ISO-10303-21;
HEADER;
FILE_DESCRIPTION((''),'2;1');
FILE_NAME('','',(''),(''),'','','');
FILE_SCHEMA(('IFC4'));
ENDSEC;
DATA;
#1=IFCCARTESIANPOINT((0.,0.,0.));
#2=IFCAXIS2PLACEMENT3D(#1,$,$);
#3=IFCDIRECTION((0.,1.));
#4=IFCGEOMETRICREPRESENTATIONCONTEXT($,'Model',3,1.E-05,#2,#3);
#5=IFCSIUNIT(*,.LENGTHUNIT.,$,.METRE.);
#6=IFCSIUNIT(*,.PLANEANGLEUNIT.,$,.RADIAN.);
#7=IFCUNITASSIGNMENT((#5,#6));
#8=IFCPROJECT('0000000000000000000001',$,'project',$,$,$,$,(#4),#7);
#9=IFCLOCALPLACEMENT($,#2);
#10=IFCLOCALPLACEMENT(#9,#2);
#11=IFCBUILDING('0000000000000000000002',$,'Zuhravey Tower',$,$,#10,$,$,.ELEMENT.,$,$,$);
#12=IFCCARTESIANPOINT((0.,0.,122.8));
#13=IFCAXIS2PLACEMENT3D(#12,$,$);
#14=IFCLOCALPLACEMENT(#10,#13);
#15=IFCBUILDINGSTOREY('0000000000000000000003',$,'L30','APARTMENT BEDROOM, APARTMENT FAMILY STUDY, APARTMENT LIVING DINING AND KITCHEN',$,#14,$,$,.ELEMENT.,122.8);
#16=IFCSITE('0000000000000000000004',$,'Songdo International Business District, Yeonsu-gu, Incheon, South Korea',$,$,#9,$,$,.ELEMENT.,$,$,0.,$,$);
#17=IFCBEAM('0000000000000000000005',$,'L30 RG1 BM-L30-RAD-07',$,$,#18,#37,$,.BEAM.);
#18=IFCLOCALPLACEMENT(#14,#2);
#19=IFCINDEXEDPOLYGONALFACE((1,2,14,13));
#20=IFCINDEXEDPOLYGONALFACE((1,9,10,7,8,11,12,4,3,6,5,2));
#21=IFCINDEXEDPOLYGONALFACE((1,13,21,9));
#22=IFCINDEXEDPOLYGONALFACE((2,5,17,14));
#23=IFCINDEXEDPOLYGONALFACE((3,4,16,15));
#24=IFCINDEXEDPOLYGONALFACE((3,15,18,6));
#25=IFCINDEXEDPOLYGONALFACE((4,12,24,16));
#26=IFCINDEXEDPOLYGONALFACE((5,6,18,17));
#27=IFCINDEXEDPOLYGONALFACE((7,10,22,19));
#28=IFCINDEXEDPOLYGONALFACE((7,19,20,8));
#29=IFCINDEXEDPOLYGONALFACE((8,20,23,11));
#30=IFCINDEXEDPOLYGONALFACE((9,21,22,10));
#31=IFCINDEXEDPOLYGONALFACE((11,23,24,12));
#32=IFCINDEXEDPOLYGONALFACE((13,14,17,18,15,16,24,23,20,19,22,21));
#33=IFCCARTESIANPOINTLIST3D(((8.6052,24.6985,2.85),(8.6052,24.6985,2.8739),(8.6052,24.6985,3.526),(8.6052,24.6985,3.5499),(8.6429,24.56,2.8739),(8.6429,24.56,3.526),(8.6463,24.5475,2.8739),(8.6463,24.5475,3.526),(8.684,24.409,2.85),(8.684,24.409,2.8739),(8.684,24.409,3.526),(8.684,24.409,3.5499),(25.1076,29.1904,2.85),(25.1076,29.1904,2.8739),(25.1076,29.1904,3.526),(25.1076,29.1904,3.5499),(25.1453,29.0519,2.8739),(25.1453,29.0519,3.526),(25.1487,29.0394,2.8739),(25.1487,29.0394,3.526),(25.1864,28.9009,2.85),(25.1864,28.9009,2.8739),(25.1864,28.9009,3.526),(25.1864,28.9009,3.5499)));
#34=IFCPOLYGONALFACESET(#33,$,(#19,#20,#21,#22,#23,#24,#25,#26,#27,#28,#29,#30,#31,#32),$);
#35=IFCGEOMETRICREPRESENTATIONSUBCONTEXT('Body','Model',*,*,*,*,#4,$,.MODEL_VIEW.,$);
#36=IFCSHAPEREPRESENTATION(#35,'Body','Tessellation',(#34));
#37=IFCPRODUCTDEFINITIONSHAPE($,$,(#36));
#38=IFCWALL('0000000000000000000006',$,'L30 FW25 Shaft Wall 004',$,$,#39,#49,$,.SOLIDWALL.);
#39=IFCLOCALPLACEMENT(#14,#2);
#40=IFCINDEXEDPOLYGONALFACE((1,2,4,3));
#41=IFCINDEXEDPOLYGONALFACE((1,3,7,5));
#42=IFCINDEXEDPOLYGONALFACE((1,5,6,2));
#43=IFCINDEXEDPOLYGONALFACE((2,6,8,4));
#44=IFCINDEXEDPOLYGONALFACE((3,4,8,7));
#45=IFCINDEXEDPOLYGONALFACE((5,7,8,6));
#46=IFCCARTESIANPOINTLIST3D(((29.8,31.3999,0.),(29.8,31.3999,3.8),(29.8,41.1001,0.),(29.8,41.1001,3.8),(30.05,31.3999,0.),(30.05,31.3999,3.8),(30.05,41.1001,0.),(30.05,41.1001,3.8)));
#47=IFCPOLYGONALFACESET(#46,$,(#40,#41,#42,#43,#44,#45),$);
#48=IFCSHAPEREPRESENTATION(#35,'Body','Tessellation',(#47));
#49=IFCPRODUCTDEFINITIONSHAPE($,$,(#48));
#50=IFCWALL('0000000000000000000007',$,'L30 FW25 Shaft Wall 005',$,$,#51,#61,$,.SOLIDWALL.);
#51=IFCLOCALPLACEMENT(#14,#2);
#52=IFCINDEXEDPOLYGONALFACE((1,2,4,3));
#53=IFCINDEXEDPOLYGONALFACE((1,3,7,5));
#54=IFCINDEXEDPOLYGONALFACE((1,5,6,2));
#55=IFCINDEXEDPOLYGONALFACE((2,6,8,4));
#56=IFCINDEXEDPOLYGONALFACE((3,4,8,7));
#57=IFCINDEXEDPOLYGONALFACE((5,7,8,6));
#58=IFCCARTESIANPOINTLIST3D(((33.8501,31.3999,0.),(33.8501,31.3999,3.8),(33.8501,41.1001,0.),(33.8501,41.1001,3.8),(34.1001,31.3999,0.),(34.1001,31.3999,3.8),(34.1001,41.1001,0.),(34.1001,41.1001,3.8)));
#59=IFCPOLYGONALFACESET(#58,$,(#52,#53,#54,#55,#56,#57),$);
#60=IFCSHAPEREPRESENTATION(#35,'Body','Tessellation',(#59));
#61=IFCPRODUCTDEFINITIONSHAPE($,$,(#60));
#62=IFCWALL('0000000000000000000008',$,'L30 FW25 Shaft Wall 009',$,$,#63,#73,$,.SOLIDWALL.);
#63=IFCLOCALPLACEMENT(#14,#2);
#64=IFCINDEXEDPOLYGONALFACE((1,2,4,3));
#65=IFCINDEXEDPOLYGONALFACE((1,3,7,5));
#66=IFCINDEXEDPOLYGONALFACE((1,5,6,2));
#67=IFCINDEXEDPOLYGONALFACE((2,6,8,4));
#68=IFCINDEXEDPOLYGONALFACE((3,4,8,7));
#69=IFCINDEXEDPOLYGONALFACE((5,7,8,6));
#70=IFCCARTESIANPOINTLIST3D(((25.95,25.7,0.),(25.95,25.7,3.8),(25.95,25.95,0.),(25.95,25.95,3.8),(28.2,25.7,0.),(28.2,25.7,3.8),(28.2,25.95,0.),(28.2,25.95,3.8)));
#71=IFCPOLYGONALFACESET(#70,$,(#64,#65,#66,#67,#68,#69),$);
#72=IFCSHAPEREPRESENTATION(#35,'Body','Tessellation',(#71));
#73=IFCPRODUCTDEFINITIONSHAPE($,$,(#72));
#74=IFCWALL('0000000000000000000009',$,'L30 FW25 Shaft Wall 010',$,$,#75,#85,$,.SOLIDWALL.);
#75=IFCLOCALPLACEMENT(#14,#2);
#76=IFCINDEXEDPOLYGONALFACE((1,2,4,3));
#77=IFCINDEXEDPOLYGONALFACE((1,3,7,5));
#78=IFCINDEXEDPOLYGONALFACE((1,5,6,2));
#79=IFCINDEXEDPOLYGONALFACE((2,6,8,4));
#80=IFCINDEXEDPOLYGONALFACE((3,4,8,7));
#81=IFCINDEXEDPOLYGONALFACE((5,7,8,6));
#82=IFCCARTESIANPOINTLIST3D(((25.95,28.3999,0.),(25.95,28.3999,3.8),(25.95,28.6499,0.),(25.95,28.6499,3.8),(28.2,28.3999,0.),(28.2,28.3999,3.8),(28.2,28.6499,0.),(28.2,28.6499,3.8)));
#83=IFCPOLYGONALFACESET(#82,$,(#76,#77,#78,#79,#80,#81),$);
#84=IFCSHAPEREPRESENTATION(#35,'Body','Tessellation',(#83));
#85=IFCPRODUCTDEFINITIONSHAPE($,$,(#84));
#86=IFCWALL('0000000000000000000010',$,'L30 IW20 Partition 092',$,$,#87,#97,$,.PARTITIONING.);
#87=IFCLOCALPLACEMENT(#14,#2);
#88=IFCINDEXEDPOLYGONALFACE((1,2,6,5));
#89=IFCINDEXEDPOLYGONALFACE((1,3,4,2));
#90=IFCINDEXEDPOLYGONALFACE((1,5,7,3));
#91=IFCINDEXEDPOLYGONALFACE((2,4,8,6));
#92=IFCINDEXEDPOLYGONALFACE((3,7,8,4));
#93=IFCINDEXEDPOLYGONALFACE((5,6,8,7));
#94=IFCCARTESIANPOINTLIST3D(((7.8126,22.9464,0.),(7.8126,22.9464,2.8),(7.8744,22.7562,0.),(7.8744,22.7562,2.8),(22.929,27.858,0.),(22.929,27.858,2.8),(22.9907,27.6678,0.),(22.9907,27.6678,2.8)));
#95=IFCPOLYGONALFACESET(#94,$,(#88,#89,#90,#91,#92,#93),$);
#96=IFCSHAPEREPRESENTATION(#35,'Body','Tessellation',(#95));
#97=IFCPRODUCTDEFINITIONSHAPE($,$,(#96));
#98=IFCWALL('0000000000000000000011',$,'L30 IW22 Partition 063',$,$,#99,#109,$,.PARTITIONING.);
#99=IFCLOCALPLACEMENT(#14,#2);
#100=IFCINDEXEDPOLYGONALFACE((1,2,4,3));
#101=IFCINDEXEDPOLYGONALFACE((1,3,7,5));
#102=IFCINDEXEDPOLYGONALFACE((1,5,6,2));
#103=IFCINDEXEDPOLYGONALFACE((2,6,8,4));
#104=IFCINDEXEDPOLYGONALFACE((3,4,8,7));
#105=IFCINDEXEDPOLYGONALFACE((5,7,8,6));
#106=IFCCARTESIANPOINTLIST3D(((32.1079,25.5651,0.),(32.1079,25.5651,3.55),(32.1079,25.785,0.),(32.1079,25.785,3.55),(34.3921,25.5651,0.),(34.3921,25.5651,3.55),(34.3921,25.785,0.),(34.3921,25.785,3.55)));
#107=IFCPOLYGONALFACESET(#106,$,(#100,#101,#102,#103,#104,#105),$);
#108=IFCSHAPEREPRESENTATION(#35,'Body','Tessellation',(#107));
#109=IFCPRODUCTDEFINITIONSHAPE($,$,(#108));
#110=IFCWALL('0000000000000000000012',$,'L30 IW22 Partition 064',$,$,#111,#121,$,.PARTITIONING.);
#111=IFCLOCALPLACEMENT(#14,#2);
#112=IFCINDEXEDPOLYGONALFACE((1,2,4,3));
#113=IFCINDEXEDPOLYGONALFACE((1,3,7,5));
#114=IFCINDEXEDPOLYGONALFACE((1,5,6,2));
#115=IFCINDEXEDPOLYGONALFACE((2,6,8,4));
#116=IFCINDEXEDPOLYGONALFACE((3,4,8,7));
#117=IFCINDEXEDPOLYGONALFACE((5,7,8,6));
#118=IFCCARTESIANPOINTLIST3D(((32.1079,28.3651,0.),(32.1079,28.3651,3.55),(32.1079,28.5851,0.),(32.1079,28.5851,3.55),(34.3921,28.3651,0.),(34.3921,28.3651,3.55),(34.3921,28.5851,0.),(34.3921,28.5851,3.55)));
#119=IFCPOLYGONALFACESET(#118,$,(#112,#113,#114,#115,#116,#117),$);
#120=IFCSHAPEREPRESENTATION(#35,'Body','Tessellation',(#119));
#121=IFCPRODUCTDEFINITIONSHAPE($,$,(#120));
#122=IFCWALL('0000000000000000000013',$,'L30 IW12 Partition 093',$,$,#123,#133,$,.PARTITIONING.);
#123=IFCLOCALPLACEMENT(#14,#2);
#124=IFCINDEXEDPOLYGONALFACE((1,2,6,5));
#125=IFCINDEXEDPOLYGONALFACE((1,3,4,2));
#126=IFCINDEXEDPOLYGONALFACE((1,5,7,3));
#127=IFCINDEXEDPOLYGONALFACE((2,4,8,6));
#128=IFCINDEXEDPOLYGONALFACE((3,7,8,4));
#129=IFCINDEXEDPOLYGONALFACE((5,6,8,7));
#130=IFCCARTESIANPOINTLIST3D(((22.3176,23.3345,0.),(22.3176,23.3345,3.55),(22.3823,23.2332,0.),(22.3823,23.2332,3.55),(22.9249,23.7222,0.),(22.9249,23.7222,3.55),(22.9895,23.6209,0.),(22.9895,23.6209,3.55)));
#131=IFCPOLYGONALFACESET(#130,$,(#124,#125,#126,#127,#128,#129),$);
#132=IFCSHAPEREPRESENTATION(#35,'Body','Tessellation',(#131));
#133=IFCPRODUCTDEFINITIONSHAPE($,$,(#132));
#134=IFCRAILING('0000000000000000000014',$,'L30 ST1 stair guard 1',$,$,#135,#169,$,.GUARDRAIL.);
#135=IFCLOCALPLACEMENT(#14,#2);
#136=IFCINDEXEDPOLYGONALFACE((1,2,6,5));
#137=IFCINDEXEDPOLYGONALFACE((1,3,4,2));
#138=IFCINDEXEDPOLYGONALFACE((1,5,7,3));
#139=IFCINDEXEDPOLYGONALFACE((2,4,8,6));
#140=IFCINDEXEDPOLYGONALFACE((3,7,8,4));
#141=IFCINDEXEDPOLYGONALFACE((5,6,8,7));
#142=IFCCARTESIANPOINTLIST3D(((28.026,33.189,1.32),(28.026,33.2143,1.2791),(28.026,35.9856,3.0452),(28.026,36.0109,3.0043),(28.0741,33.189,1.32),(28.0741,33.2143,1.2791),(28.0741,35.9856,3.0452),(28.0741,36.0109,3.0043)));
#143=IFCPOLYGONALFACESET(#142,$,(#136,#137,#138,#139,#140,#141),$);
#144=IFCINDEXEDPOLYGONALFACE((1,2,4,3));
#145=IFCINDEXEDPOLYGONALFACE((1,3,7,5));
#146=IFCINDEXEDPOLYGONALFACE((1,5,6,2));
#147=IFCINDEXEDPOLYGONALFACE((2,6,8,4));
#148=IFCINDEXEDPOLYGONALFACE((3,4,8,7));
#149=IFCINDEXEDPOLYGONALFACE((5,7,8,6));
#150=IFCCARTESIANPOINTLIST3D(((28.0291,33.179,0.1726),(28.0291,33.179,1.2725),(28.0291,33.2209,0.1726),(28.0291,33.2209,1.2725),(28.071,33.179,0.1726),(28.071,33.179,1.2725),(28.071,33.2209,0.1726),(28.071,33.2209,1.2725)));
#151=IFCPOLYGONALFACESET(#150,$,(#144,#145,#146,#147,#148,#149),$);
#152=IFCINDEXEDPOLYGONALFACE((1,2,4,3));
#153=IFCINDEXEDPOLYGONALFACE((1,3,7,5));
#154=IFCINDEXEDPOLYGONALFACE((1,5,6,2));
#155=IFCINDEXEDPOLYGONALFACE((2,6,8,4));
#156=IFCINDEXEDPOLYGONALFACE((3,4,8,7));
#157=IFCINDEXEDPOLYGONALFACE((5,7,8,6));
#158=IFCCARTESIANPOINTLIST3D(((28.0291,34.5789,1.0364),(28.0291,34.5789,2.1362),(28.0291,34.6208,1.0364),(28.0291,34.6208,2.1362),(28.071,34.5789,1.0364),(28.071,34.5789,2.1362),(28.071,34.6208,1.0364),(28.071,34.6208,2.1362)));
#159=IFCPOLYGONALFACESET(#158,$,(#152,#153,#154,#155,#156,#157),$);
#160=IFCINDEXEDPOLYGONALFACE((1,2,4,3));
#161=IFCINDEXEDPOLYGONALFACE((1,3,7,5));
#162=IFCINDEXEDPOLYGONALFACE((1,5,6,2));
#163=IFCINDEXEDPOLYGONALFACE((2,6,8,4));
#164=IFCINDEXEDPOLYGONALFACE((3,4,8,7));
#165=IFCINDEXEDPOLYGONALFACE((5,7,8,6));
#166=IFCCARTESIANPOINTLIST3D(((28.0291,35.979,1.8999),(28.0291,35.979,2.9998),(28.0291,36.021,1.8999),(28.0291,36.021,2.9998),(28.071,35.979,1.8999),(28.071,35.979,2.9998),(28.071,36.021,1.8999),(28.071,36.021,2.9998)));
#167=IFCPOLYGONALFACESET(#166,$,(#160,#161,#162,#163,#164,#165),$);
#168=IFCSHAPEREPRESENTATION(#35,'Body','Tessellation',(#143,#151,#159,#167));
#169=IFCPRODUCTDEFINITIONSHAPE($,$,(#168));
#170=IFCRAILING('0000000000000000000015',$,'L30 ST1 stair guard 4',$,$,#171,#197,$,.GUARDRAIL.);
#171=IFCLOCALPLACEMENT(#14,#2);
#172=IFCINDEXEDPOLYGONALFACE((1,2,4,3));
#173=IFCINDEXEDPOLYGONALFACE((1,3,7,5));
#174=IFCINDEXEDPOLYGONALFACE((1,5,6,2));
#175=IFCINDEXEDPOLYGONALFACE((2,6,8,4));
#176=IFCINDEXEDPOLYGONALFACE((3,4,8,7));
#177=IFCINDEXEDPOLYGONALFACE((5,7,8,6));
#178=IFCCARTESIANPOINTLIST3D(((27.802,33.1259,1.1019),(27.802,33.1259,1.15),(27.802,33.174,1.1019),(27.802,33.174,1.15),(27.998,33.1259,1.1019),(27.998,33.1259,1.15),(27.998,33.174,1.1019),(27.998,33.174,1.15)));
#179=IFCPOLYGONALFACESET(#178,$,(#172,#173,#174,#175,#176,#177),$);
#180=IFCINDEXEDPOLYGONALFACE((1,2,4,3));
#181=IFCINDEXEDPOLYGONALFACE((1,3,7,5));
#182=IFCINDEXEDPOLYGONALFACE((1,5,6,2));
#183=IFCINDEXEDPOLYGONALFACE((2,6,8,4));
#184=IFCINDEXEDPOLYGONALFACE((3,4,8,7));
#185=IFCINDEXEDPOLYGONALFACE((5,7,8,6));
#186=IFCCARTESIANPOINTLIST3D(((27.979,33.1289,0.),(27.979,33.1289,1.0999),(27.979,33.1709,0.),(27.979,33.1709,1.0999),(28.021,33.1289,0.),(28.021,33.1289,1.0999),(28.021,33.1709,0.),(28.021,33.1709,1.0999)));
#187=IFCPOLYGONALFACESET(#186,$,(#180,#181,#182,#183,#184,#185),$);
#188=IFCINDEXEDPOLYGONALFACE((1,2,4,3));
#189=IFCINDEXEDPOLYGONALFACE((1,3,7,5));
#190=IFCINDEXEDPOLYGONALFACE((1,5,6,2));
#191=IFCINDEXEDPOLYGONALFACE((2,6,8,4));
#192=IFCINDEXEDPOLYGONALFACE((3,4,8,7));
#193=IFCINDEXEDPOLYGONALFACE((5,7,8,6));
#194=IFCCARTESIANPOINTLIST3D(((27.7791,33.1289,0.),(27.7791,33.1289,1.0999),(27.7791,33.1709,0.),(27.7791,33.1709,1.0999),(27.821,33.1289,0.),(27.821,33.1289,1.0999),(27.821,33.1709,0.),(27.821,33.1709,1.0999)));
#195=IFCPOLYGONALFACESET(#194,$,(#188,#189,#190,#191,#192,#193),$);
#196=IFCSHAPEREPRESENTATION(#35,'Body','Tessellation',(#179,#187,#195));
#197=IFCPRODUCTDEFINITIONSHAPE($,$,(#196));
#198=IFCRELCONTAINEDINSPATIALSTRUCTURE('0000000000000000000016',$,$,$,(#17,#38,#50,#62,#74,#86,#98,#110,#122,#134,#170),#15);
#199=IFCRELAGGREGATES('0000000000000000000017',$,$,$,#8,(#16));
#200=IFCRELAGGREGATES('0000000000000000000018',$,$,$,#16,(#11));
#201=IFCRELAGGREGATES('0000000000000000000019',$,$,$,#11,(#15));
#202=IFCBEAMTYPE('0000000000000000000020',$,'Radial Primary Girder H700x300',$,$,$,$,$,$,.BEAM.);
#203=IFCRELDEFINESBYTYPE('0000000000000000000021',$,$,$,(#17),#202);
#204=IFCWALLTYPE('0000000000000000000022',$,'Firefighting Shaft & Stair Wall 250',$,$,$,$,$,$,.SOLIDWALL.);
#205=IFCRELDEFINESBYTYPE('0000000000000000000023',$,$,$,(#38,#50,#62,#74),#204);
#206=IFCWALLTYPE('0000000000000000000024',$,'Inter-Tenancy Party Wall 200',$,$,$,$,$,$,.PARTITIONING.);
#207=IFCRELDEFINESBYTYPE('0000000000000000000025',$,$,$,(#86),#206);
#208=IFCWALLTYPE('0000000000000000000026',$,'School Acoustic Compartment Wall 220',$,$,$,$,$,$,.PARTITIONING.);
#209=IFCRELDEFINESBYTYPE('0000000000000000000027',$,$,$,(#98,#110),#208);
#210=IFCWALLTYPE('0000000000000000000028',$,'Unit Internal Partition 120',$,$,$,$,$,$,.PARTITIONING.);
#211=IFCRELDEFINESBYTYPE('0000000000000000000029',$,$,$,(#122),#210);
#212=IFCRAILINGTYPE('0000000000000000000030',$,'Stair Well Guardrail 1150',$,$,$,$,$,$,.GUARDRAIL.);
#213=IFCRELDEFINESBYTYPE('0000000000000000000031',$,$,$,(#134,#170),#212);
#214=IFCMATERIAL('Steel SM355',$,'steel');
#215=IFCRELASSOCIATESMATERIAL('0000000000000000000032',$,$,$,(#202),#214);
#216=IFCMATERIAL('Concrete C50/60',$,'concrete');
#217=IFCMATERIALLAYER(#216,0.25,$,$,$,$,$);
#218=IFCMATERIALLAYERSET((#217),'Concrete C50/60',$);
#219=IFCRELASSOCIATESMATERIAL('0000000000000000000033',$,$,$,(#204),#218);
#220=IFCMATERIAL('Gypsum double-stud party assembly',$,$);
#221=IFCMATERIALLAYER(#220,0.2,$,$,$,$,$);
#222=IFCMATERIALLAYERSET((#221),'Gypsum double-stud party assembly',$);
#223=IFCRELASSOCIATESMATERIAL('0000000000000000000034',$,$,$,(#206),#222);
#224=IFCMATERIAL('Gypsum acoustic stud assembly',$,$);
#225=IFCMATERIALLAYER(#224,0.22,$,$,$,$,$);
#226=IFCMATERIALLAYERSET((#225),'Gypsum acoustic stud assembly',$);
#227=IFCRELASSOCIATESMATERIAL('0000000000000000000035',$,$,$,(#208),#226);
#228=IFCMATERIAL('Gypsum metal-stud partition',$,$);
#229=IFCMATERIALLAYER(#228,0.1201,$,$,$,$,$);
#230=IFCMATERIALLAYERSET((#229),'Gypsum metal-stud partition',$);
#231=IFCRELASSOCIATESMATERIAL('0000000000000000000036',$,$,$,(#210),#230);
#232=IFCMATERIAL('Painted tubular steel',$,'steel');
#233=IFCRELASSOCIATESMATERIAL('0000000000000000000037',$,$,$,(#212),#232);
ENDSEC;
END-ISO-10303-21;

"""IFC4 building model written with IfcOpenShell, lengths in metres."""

from ifc_helpers import new_model, si_unit, direction, frame, frame_2d, origin, origin_2d, place, context, subcontext, project, spatial, rectangle, i_section, extrude, material, layer, layer_set, material_profile, profile_set, type_object, element, save


model = new_model("IFC4")

# Units and contexts
model_context = context("Model", 3, precision=1e-05, world=origin(), true_north=direction((0.0, 1.0)))
body_context = subcontext(model_context, "Body", "Model", "MODEL_VIEW")
ifc_project = project(units=[si_unit("LENGTHUNIT", "METRE"), si_unit("PLANEANGLEUNIT", "RADIAN")], contexts=[model_context])

# Site, building, storey
site_placement = place(None, origin())
site = spatial("IfcSite", under=ifc_project, at=site_placement, Name="Songdo International Business District, Yeonsu-gu, Incheon, South Korea", CompositionType="ELEMENT", RefElevation=0.0)
building_placement = place(site_placement, origin())
building = spatial("IfcBuilding", under=site, at=building_placement, Name="Zuhravey Tower", CompositionType="ELEMENT")
storey_placement = place(building_placement, frame((0.0, 0.0, 122.8)))
storey = spatial("IfcBuildingStorey", under=building, at=storey_placement, Name="L30", Description="APARTMENT BEDROOM, APARTMENT FAMILY STUDY, APARTMENT LIVING DINING AND KITCHEN", CompositionType="ELEMENT", Elevation=122.8)

# Beam
ifc_material_1 = material(Name="Steel SM355", Category="steel")
ifc_material_profile = material_profile(ifc_material_1, i_section(OverallWidth=0.3, OverallDepth=0.7, WebThickness=0.0129, FlangeThickness=0.0239, at=origin_2d()), Name="H-700x300x13x24")
ifc_profile_set = profile_set([ifc_material_profile], Name="Steel SM355")
beam_type = type_object("IfcBeamType", Name="Radial Primary Girder H700x300", PredefinedType="BEAM", material=ifc_profile_set)
beam_placement = place(storey_placement, frame((25.147, 29.0457, 3.2), z_axis=(-0.964893, -0.262643, 0.0), x_axis=(0.262643, -0.964893, 0.0)))
element("IfcBeam", 1, at=beam_placement, inside=storey, type_object=beam_type, Name="L30 RG1 BM-L30-RAD-07", PredefinedType="BEAM", context=body_context, shape_type="SweptSolid", body=[
    extrude(i_section(OverallWidth=0.3, OverallDepth=0.7, WebThickness=0.0129, FlangeThickness=0.0239, at=origin_2d()), origin(), (0.0, 0.0, 1.0), 17.1028),
])

# Shared definitions
ifc_material_2 = material(Name="Concrete C50/60", Category="concrete")
ifc_layer_1 = layer(ifc_material_2, 0.25)
ifc_layer_set_1 = layer_set([ifc_layer_1], Name="Concrete C50/60")
wall_type_1 = type_object("IfcWallType", Name="Firefighting Shaft & Stair Wall 250", PredefinedType="SOLIDWALL", material=ifc_layer_set_1)

# Walls
for number, where, z_axis, x_axis, name in (
    (2, (29.925, 31.3999, 0.0), (0.0, 0.0, 1.0), (0.0, 1.0, 0.0), "L30 FW25 Shaft Wall 004"),
    (3, (33.9751, 31.3999, 0.0), (0.0, 0.0, 1.0), (0.0, 1.0, 0.0), "L30 FW25 Shaft Wall 005"),
):
    element("IfcWall", number, at=place(storey_placement, frame(where, z_axis=z_axis, x_axis=x_axis)), inside=storey, type_object=wall_type_1, Name=name, PredefinedType="SOLIDWALL", context=body_context, shape_type="SweptSolid", body=[
        extrude(rectangle(XDim=9.7002, YDim=0.25, at=frame_2d((4.8501, 0.0))), origin(), (0.0, 0.0, 1.0), 3.8),
    ])
for number, where, z_axis, x_axis, name in (
    (4, (25.95, 25.825, 0.0), (0.0, 0.0, 1.0), (1.0, 0.0, 0.0), "L30 FW25 Shaft Wall 009"),
    (5, (25.95, 28.5249, 0.0), (0.0, 0.0, 1.0), (1.0, 0.0, 0.0), "L30 FW25 Shaft Wall 010"),
):
    element("IfcWall", number, at=place(storey_placement, frame(where, z_axis=z_axis, x_axis=x_axis)), inside=storey, type_object=wall_type_1, Name=name, PredefinedType="SOLIDWALL", context=body_context, shape_type="SweptSolid", body=[
        extrude(rectangle(XDim=2.25, YDim=0.25, at=frame_2d((1.125, 0.0))), origin(), (0.0, 0.0, 1.0), 3.8),
    ])
ifc_material_3 = material(Name="Gypsum double-stud party assembly")
ifc_layer_2 = layer(ifc_material_3, 0.2)
ifc_layer_set_2 = layer_set([ifc_layer_2], Name="Gypsum double-stud party assembly")
wall_type_2 = type_object("IfcWallType", Name="Inter-Tenancy Party Wall 200", PredefinedType="PARTITIONING", material=ifc_layer_set_2)
wall_1_placement = place(storey_placement, frame((22.96, 27.7629, 0.0), z_axis=(0.0, 0.0, 1.0), x_axis=(-0.951057, -0.309016, 0.0)))
element("IfcWall", 6, at=wall_1_placement, inside=storey, type_object=wall_type_2, Name="L30 IW20 Partition 092", PredefinedType="PARTITIONING", context=body_context, shape_type="SweptSolid", body=[
    extrude(rectangle(XDim=15.8943, YDim=0.2, at=frame_2d((7.9473, 0.0))), origin(), (0.0, 0.0, 1.0), 2.8),
])
ifc_material_4 = material(Name="Gypsum acoustic stud assembly")
ifc_layer_3 = layer(ifc_material_4, 0.22)
ifc_layer_set_3 = layer_set([ifc_layer_3], Name="Gypsum acoustic stud assembly")
wall_type_3 = type_object("IfcWallType", Name="School Acoustic Compartment Wall 220", PredefinedType="PARTITIONING", material=ifc_layer_set_3)
for number, where, z_axis, x_axis, name in (
    (7, (32.1079, 25.675, 0.0), (0.0, 0.0, 1.0), (1.0, 0.0, 0.0), "L30 IW22 Partition 063"),
    (8, (32.1079, 28.4751, 0.0), (0.0, 0.0, 1.0), (1.0, 0.0, 0.0), "L30 IW22 Partition 064"),
):
    element("IfcWall", number, at=place(storey_placement, frame(where, z_axis=z_axis, x_axis=x_axis)), inside=storey, type_object=wall_type_3, Name=name, PredefinedType="PARTITIONING", context=body_context, shape_type="SweptSolid", body=[
        extrude(rectangle(XDim=2.2842, YDim=0.22, at=frame_2d((1.1421, 0.0))), origin(), (0.0, 0.0, 1.0), 3.55),
    ])
ifc_material_5 = material(Name="Gypsum metal-stud partition")
ifc_layer_4 = layer(ifc_material_5, 0.1201)
ifc_layer_set_4 = layer_set([ifc_layer_4], Name="Gypsum metal-stud partition")
wall_type_4 = type_object("IfcWallType", Name="Unit Internal Partition 120", PredefinedType="PARTITIONING", material=ifc_layer_set_4)
wall_2_placement = place(storey_placement, frame((22.9573, 23.6716, 0.0), z_axis=(0.0, 0.0, 1.0), x_axis=(-0.842837, -0.538169, 0.0)))
element("IfcWall", 9, at=wall_2_placement, inside=storey, type_object=wall_type_4, Name="L30 IW12 Partition 093", PredefinedType="PARTITIONING", context=body_context, shape_type="SweptSolid", body=[
    extrude(rectangle(XDim=0.7205, YDim=0.1201, at=frame_2d((0.3604, 0.0))), origin(), (0.0, 0.0, 1.0), 3.55),
])

# Railings
ifc_material_6 = material(Name="Painted tubular steel", Category="steel")
railing_type = type_object("IfcRailingType", Name="Stair Well Guardrail 1150", PredefinedType="GUARDRAIL", material=ifc_material_6)
railing_1_placement = place(storey_placement, frame((28.05, 33.2, 0.1726)))
element("IfcRailing", 10, at=railing_1_placement, inside=storey, type_object=railing_type, Name="L30 ST1 stair guard 1", PredefinedType="GUARDRAIL", context=body_context, shape_type="SweptSolid", body=[
    extrude(rectangle(XDim=0.0481, YDim=0.0481, at=origin_2d()), frame((0.0, 0.0017, 1.127), z_axis=(0.0, 0.85109, 0.52502), x_axis=(-1.0, 0.0, 0.0)), (0.0, 0.0, 1.0), 3.2859),
    extrude(rectangle(XDim=0.042, YDim=0.042, at=origin_2d()), origin(), (0.0, 0.0, 1.0), 1.0999),
    extrude(rectangle(XDim=0.042, YDim=0.042, at=origin_2d()), frame((0.0, 1.3999, 0.8638)), (0.0, 0.0, 1.0), 1.0999),
    extrude(rectangle(XDim=0.042, YDim=0.042, at=origin_2d()), frame((0.0, 2.8, 1.7273)), (0.0, 0.0, 1.0), 1.0999),
])
railing_2_placement = place(storey_placement, frame((28.0, 33.1499, 0.0)))
element("IfcRailing", 11, at=railing_2_placement, inside=storey, type_object=railing_type, Name="L30 ST1 stair guard 4", PredefinedType="GUARDRAIL", context=body_context, shape_type="SweptSolid", body=[
    extrude(rectangle(XDim=0.0481, YDim=0.0481, at=origin_2d()), frame((-0.002, 0.0, 1.126), z_axis=(-1.0, 0.0, 0.0), x_axis=(0.0, -1.0, 0.0)), (0.0, 0.0, 1.0), 0.196),
    extrude(rectangle(XDim=0.042, YDim=0.042, at=origin_2d()), origin(), (0.0, 0.0, 1.0), 1.0999),
    extrude(rectangle(XDim=0.042, YDim=0.042, at=origin_2d()), frame((-0.2, 0.0, 0.0)), (0.0, 0.0, 1.0), 1.0999),
])

save(model, "model.ifc")
